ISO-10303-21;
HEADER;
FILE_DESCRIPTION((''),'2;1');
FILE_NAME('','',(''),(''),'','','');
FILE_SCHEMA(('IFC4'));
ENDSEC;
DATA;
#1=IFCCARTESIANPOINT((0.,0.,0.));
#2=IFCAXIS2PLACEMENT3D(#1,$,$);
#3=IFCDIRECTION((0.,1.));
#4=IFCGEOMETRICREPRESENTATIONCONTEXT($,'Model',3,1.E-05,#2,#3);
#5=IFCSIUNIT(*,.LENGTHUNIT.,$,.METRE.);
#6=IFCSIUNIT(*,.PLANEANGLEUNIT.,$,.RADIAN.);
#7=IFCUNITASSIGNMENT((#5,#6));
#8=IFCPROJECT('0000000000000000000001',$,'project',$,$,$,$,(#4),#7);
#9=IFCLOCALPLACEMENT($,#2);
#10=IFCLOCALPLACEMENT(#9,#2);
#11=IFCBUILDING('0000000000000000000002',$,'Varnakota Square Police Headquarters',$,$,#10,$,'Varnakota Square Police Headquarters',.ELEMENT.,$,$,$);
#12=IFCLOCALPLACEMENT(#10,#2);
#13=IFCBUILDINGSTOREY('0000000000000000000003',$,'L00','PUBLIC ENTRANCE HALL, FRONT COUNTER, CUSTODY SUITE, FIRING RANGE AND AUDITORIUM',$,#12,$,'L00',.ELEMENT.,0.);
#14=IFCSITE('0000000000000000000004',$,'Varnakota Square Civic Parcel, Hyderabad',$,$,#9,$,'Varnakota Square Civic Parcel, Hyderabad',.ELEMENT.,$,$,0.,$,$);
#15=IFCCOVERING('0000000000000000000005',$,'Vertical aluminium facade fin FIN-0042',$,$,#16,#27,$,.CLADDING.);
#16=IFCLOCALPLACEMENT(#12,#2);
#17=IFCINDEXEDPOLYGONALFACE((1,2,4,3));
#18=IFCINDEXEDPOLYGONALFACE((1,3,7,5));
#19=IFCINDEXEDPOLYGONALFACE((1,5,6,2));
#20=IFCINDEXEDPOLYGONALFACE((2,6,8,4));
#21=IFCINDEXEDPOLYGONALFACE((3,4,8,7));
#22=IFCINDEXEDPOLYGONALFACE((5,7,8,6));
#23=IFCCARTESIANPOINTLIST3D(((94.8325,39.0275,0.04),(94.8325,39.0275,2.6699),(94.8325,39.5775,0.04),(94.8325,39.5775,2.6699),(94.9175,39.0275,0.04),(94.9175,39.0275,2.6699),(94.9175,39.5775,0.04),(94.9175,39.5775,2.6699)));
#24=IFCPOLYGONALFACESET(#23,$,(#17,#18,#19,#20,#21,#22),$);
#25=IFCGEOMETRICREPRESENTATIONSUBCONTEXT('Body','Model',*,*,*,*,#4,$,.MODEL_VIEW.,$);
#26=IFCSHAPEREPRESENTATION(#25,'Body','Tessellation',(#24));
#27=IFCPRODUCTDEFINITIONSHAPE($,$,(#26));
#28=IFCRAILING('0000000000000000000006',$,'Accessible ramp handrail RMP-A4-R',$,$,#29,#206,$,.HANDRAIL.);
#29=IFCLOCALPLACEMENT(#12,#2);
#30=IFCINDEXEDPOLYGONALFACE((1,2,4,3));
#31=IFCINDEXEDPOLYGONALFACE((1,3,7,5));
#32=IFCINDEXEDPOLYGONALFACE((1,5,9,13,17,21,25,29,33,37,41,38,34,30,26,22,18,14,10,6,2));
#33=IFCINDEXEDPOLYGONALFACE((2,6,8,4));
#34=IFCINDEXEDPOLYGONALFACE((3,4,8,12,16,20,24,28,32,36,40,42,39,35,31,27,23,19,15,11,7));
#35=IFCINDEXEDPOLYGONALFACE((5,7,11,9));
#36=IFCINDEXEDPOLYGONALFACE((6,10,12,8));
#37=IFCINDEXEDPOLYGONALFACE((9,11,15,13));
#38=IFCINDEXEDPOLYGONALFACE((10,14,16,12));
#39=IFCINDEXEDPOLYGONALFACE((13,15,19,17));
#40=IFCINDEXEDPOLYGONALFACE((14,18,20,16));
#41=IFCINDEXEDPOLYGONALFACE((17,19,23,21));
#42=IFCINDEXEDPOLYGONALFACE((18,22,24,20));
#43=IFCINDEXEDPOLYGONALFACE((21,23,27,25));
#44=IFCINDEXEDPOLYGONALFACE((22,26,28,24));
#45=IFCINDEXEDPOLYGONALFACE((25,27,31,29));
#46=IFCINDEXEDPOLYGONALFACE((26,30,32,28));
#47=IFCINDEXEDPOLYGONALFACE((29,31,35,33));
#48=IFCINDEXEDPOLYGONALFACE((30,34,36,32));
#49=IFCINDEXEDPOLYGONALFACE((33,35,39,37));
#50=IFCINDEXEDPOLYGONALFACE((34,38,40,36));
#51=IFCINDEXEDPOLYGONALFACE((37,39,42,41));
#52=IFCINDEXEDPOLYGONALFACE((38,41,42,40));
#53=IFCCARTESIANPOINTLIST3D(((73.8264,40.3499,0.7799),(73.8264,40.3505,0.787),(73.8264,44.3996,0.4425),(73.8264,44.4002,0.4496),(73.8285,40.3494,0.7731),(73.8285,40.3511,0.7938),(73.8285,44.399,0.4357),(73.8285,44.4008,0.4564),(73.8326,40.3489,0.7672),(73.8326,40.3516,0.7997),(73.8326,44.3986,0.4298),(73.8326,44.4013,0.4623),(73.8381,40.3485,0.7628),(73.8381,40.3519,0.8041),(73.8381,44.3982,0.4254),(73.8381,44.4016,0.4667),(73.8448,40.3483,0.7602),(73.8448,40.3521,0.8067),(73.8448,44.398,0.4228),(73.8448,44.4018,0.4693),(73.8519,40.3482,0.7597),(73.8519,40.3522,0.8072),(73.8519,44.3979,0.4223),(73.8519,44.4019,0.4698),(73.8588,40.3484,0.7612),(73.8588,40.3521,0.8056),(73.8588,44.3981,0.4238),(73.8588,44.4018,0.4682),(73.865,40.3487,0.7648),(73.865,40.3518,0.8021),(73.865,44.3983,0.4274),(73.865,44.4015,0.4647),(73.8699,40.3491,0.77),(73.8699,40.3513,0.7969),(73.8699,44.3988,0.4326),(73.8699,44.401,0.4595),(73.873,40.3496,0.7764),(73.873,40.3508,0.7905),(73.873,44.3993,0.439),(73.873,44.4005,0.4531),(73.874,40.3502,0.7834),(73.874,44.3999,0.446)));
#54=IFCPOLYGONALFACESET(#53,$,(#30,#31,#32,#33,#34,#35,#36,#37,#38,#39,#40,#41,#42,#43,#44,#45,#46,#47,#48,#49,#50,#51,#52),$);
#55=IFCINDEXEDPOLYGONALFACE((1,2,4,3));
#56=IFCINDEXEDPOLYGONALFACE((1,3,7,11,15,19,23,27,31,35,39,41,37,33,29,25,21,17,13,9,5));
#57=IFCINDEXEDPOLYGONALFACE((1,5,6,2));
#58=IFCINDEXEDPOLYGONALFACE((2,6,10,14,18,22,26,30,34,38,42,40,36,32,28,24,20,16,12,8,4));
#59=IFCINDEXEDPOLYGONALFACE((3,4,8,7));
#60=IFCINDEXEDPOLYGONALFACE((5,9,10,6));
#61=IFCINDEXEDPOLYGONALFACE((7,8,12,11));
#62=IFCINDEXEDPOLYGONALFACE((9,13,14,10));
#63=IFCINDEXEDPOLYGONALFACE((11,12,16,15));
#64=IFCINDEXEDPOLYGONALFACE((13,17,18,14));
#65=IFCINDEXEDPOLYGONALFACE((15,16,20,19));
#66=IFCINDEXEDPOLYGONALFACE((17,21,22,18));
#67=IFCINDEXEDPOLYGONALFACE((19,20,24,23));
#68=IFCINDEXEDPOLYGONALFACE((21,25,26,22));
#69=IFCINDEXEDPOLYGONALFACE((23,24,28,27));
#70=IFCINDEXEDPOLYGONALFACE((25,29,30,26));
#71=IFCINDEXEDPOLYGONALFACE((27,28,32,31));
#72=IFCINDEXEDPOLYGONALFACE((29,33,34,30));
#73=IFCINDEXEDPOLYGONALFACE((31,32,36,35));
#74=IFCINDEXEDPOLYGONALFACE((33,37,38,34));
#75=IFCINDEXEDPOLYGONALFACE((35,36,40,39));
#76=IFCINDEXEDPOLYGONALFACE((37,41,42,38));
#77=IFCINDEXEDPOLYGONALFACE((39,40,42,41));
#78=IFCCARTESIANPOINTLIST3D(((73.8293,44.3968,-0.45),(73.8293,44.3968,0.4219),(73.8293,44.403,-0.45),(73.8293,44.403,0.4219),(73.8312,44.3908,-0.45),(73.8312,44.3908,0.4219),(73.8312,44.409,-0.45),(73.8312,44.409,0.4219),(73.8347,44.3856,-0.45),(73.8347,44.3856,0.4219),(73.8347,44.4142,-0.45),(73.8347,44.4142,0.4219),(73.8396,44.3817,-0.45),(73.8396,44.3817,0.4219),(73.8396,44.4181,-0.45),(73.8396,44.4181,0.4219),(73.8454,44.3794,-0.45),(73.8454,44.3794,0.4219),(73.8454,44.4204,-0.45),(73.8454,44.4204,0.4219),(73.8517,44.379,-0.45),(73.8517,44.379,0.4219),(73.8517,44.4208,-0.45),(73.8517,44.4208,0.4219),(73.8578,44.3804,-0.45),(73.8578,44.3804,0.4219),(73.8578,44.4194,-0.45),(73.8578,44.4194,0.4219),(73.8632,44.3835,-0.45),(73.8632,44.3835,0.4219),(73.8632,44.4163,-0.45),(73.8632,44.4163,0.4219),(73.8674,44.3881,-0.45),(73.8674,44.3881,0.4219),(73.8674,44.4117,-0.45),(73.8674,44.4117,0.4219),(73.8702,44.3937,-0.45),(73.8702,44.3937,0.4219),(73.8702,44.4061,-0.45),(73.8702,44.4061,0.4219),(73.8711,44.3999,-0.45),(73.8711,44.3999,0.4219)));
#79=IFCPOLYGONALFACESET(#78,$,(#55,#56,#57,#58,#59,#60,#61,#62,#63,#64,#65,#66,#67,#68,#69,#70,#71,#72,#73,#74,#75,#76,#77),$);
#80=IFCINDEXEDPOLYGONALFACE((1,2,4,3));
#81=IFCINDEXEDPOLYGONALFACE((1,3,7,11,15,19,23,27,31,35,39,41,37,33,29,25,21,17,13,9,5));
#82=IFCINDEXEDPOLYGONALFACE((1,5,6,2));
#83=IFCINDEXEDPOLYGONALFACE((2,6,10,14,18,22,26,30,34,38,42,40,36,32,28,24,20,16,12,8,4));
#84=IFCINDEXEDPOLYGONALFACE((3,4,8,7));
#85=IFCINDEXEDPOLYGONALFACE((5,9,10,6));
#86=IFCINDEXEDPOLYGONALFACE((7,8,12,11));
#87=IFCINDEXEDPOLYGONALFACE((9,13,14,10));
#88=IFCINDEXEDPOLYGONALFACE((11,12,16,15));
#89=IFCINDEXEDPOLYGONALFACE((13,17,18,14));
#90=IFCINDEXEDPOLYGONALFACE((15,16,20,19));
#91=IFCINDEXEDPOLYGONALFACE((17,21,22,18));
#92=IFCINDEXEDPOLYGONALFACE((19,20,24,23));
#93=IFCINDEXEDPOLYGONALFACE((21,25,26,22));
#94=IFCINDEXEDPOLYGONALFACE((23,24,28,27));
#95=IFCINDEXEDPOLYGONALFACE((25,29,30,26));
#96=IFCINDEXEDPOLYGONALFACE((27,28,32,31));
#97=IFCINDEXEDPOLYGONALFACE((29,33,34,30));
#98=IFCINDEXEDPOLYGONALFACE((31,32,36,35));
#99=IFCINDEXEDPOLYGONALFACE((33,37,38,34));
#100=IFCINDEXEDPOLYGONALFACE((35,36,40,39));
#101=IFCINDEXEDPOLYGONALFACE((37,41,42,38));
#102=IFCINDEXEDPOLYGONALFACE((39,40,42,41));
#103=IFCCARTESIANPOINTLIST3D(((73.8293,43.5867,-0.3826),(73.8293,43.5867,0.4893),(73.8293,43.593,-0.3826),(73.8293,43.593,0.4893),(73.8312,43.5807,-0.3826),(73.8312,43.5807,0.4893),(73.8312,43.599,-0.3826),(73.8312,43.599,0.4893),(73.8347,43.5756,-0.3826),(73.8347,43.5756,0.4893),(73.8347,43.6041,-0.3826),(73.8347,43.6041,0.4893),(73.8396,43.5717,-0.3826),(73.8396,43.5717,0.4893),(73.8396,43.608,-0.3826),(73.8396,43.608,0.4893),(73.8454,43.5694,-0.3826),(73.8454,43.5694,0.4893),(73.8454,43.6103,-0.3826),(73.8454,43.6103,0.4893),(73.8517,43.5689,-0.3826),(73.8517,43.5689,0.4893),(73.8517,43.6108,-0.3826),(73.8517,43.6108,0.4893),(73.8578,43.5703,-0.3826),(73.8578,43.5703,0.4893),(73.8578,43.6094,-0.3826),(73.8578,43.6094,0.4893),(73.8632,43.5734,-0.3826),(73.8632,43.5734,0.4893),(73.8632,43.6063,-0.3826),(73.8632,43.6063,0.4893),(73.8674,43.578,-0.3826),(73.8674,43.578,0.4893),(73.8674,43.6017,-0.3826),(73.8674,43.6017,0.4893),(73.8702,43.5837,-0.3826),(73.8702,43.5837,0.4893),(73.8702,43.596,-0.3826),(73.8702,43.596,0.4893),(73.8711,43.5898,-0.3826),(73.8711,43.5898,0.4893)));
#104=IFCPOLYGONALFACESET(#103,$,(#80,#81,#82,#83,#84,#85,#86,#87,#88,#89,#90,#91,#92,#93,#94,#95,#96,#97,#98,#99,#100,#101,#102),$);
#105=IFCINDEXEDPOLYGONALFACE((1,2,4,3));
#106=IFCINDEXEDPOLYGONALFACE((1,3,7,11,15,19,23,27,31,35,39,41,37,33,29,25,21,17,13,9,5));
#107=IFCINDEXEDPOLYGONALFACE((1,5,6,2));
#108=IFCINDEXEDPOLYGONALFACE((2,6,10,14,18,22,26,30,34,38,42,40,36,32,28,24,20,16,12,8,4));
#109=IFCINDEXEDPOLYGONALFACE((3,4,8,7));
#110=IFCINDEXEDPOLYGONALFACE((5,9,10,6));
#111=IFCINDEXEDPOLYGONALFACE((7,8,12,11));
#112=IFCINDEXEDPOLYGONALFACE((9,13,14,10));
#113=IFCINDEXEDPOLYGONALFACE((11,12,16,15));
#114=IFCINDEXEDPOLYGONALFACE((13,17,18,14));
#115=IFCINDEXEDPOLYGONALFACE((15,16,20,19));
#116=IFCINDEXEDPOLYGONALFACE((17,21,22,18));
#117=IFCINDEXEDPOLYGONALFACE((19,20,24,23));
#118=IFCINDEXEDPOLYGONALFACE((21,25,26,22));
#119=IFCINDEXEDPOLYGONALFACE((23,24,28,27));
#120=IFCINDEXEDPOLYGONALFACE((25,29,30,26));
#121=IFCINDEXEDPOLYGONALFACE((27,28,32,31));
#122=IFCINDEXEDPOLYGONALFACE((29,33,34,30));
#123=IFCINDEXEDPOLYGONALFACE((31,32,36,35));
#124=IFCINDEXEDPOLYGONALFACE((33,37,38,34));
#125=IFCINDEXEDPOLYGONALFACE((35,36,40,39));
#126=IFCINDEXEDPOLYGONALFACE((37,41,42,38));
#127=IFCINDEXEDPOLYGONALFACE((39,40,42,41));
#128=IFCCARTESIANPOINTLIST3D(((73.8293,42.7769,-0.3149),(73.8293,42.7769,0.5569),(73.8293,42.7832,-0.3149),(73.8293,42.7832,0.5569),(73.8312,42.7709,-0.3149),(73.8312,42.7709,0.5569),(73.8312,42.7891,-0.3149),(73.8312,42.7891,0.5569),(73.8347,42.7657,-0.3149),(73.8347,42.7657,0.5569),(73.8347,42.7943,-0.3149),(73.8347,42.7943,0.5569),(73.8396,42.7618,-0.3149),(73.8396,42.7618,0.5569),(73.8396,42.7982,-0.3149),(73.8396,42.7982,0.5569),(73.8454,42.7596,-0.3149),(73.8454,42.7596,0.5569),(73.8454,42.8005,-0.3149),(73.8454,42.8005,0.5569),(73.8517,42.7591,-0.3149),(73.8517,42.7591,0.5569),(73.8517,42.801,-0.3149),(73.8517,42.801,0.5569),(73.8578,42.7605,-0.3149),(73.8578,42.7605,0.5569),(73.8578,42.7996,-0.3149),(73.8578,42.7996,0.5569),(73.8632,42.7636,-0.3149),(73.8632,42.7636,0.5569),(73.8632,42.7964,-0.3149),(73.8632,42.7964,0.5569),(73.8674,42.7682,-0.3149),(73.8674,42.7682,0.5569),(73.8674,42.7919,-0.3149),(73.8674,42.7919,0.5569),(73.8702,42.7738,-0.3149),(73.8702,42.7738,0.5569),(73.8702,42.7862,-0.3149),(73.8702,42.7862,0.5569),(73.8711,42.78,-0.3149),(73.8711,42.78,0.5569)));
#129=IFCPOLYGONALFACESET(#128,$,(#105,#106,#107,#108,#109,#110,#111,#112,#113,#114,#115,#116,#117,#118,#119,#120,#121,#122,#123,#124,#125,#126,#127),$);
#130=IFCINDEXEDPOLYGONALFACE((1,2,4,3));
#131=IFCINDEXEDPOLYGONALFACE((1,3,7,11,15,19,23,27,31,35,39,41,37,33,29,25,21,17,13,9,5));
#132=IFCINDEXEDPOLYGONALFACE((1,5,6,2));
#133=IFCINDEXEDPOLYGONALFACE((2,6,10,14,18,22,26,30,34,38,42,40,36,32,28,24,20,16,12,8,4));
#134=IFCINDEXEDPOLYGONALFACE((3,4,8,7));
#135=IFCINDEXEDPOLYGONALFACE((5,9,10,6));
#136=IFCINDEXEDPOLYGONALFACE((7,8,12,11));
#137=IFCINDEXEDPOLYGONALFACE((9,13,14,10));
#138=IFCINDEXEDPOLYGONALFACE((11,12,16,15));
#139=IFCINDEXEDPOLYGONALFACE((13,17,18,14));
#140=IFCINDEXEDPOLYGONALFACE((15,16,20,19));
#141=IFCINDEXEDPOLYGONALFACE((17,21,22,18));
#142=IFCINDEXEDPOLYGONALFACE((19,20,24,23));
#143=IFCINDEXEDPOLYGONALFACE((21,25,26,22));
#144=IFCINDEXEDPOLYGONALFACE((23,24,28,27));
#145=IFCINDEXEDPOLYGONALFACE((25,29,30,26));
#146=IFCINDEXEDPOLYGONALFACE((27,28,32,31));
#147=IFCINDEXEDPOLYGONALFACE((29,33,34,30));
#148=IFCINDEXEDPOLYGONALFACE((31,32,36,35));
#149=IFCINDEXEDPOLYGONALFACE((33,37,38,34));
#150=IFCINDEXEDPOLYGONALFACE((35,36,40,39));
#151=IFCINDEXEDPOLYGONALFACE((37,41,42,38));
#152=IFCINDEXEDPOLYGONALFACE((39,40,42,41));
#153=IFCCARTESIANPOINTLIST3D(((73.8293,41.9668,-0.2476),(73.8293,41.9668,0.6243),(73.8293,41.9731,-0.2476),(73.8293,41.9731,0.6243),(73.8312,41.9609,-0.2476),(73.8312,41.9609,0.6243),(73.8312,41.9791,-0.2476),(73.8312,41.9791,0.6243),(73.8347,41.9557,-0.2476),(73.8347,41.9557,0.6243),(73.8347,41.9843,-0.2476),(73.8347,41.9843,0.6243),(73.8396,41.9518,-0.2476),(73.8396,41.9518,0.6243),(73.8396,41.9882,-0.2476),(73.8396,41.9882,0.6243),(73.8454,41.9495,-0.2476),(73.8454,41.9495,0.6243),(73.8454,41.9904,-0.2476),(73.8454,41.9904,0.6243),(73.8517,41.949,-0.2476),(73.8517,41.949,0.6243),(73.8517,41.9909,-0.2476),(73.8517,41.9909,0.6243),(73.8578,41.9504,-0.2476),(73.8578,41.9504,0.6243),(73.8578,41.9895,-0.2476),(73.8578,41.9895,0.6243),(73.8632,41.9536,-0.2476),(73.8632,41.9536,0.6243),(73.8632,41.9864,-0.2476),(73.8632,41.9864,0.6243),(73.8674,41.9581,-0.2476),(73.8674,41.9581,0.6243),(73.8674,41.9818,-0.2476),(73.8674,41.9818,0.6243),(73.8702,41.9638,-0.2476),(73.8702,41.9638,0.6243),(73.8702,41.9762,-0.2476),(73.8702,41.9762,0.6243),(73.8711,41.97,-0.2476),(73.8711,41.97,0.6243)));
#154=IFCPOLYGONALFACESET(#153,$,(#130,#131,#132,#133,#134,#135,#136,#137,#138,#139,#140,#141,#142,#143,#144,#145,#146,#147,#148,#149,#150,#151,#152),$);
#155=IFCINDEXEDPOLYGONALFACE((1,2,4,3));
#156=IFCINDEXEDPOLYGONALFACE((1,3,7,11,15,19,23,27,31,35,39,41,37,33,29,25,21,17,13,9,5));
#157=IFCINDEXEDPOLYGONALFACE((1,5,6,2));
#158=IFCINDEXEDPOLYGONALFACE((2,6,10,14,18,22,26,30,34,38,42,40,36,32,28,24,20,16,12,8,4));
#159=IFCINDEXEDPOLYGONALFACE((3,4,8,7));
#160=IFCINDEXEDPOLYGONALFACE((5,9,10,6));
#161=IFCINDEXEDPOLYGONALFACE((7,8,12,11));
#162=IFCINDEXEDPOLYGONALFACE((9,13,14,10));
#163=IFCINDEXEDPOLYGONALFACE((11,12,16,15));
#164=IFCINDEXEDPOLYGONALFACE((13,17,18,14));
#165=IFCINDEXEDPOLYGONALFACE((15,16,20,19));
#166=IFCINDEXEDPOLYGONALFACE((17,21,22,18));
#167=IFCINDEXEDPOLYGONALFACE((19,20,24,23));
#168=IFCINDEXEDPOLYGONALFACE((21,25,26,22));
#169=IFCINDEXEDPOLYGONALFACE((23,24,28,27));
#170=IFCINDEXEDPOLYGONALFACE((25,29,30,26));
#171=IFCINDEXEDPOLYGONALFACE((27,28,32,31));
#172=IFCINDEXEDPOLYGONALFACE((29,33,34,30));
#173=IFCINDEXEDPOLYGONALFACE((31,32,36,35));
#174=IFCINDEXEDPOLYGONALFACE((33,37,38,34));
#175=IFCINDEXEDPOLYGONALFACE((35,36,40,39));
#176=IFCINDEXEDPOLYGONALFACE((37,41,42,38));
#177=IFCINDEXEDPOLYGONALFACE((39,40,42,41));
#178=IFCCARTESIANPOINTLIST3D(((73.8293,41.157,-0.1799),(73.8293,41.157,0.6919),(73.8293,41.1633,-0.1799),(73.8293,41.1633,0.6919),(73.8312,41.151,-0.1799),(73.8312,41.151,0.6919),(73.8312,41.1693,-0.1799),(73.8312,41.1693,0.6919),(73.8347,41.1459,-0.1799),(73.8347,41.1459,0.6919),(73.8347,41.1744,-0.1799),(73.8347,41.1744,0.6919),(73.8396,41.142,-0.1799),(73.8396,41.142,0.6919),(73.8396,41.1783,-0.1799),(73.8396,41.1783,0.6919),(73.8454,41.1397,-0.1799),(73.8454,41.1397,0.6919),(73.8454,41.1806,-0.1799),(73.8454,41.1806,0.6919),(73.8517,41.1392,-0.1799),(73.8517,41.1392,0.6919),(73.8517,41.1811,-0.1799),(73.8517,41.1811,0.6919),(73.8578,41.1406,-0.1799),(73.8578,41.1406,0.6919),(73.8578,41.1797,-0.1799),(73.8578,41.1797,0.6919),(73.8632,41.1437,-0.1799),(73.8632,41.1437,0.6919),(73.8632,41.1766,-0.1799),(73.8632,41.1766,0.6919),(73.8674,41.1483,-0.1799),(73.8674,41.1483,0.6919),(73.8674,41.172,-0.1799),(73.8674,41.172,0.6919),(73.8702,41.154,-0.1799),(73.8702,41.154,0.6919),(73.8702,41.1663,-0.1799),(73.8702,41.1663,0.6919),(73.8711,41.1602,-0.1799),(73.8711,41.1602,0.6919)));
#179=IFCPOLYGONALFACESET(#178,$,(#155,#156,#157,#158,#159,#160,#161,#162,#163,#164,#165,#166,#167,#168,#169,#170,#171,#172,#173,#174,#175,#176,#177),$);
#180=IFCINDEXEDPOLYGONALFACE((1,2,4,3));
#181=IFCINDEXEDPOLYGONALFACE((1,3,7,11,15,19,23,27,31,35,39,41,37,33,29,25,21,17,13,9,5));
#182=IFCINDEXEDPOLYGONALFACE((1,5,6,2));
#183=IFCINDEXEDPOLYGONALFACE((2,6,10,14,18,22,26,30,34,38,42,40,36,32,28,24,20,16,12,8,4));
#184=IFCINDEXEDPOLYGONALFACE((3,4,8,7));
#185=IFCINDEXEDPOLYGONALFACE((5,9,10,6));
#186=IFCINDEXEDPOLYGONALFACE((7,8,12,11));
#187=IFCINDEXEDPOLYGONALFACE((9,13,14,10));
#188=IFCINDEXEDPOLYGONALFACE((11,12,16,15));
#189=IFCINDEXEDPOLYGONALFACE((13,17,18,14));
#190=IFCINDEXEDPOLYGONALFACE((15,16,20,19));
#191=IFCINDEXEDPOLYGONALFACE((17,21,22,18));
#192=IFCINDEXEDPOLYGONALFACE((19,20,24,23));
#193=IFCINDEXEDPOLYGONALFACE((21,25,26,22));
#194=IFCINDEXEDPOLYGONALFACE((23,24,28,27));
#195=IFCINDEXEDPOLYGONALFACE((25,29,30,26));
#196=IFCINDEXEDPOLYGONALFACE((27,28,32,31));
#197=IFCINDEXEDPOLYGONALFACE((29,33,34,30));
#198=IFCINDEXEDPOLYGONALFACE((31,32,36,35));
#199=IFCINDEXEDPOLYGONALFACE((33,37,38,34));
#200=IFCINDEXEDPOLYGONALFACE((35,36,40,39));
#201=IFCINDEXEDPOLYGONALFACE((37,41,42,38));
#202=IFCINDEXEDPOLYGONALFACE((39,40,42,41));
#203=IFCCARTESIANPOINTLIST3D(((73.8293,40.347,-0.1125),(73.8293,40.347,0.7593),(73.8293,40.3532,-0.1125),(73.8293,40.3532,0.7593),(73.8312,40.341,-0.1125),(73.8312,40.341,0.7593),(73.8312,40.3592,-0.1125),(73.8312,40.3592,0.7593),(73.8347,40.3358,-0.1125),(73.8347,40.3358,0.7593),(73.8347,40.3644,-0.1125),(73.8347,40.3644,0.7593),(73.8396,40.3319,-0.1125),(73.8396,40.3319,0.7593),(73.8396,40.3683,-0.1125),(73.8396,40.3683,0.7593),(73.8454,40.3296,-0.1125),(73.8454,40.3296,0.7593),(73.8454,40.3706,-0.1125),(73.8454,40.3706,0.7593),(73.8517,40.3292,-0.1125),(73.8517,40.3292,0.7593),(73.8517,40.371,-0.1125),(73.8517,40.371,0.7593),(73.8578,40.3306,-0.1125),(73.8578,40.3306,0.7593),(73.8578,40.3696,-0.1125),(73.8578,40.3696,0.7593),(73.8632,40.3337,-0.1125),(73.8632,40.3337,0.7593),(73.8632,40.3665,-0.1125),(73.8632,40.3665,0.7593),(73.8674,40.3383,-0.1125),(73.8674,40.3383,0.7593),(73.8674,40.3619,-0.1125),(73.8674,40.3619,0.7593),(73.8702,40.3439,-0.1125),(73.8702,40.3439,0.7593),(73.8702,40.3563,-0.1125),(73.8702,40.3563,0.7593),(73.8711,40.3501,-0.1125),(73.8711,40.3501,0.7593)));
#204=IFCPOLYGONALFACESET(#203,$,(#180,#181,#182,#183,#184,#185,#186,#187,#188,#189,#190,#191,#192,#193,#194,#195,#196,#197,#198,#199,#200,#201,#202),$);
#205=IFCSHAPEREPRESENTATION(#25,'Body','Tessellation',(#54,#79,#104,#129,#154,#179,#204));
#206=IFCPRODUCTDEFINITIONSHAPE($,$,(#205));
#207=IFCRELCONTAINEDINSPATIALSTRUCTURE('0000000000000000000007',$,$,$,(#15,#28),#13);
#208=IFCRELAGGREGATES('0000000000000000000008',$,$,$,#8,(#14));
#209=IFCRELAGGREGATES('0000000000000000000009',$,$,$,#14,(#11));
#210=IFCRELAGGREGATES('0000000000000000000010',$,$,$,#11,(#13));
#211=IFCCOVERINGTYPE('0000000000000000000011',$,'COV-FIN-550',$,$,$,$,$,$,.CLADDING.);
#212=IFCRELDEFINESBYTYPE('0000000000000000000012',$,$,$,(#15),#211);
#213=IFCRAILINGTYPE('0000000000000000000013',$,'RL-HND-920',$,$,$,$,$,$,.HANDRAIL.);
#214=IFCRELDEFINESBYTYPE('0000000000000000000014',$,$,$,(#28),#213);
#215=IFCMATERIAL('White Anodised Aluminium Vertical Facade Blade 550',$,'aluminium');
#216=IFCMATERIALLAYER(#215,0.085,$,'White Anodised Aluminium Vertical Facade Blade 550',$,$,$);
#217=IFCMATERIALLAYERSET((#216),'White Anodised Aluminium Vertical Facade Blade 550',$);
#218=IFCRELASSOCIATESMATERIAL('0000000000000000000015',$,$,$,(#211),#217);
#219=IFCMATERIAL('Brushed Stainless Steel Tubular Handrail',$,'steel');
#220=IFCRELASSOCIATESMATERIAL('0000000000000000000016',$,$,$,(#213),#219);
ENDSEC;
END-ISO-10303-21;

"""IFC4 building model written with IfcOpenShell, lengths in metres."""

from ifc_helpers import new_model, si_unit, direction, frame, origin, origin_2d, place, context, subcontext, project, spatial, rectangle, circle, extrude, material, layer, layer_set, type_object, element, save


model = new_model("IFC4")

# Units and contexts
model_context = context("Model", 3, precision=1e-05, world=origin(), true_north=direction((0.0, 1.0)))
body_context = subcontext(model_context, "Body", "Model", "MODEL_VIEW")
ifc_project = project(units=[si_unit("LENGTHUNIT", "METRE"), si_unit("PLANEANGLEUNIT", "RADIAN")], contexts=[model_context])

# Site, building, storey
site_placement = place(None, origin())
site = spatial("IfcSite", under=ifc_project, at=site_placement, Name="Varnakota Square Civic Parcel, Hyderabad", LongName="Varnakota Square Civic Parcel, Hyderabad", CompositionType="ELEMENT", RefElevation=0.0)
building_placement = place(site_placement, origin())
building = spatial("IfcBuilding", under=site, at=building_placement, Name="Varnakota Square Police Headquarters", LongName="Varnakota Square Police Headquarters", CompositionType="ELEMENT")
storey_placement = place(building_placement, origin())
storey = spatial("IfcBuildingStorey", under=building, at=storey_placement, Name="L00", Description="PUBLIC ENTRANCE HALL, FRONT COUNTER, CUSTODY SUITE, FIRING RANGE AND AUDITORIUM", LongName="L00", CompositionType="ELEMENT", Elevation=0.0)

# Covering
ifc_material_1 = material(Name="White Anodised Aluminium Vertical Facade Blade 550", Category="aluminium")
ifc_layer_1 = layer(ifc_material_1, 0.085, Name="White Anodised Aluminium Vertical Facade Blade 550")
ifc_layer_set_1 = layer_set([ifc_layer_1], Name="White Anodised Aluminium Vertical Facade Blade 550")
covering_type_1 = type_object("IfcCoveringType", Name="COV-FIN-550", PredefinedType="CLADDING", material=ifc_layer_set_1)
covering_1_placement = place(storey_placement, frame((94.875, 39.3025, 0.04), z_axis=(0.0, 0.0, 1.0), x_axis=(1.0, 0.0, 0.0)))
element("IfcCovering", 1, at=covering_1_placement, inside=storey, type_object=covering_type_1, Name="Vertical aluminium facade fin FIN-0042", PredefinedType="CLADDING", context=body_context, shape_type="SweptSolid", body=[
    extrude(rectangle(XDim=0.085, YDim=0.55, at=origin_2d()), origin(), (0.0, 0.0, 1.0), 2.6299),
])

# Railing
ifc_material_2 = material(Name="Brushed Stainless Steel Tubular Handrail", Category="steel")
railing_type = type_object("IfcRailingType", Name="RL-HND-920", PredefinedType="HANDRAIL", material=ifc_material_2)
railing_placement = place(storey_placement, frame((73.8501, 44.3999, -0.45)))
element("IfcRailing", 2, at=railing_placement, inside=storey, type_object=railing_type, Name="Accessible ramp handrail RMP-A4-R", PredefinedType="HANDRAIL", context=body_context, shape_type="SweptSolid", body=[
    extrude(circle(Radius=0.0239, at=origin_2d()), frame((0.0, 0.0, 0.896), z_axis=(0.0, -0.996547, 0.083026), x_axis=(1.0, 0.0, 0.0)), (0.0, 0.0, 1.0), 4.0637),
    extrude(circle(Radius=0.021, at=origin_2d()), origin(), (0.0, 0.0, 1.0), 0.8718),
    extrude(circle(Radius=0.021, at=origin_2d()), frame((0.0, -0.8101, 0.0674)), (0.0, 0.0, 1.0), 0.8718),
    extrude(circle(Radius=0.021, at=origin_2d()), frame((0.0, -1.6199, 0.135)), (0.0, 0.0, 1.0), 0.8718),
    extrude(circle(Radius=0.021, at=origin_2d()), frame((0.0, -2.4299, 0.2024)), (0.0, 0.0, 1.0), 0.8718),
    extrude(circle(Radius=0.021, at=origin_2d()), frame((0.0, -3.2397, 0.27)), (0.0, 0.0, 1.0), 0.8718),
    extrude(circle(Radius=0.021, at=origin_2d()), frame((0.0, -4.0498, 0.3374)), (0.0, 0.0, 1.0), 0.8718),
])

save(model, "model.ifc")
